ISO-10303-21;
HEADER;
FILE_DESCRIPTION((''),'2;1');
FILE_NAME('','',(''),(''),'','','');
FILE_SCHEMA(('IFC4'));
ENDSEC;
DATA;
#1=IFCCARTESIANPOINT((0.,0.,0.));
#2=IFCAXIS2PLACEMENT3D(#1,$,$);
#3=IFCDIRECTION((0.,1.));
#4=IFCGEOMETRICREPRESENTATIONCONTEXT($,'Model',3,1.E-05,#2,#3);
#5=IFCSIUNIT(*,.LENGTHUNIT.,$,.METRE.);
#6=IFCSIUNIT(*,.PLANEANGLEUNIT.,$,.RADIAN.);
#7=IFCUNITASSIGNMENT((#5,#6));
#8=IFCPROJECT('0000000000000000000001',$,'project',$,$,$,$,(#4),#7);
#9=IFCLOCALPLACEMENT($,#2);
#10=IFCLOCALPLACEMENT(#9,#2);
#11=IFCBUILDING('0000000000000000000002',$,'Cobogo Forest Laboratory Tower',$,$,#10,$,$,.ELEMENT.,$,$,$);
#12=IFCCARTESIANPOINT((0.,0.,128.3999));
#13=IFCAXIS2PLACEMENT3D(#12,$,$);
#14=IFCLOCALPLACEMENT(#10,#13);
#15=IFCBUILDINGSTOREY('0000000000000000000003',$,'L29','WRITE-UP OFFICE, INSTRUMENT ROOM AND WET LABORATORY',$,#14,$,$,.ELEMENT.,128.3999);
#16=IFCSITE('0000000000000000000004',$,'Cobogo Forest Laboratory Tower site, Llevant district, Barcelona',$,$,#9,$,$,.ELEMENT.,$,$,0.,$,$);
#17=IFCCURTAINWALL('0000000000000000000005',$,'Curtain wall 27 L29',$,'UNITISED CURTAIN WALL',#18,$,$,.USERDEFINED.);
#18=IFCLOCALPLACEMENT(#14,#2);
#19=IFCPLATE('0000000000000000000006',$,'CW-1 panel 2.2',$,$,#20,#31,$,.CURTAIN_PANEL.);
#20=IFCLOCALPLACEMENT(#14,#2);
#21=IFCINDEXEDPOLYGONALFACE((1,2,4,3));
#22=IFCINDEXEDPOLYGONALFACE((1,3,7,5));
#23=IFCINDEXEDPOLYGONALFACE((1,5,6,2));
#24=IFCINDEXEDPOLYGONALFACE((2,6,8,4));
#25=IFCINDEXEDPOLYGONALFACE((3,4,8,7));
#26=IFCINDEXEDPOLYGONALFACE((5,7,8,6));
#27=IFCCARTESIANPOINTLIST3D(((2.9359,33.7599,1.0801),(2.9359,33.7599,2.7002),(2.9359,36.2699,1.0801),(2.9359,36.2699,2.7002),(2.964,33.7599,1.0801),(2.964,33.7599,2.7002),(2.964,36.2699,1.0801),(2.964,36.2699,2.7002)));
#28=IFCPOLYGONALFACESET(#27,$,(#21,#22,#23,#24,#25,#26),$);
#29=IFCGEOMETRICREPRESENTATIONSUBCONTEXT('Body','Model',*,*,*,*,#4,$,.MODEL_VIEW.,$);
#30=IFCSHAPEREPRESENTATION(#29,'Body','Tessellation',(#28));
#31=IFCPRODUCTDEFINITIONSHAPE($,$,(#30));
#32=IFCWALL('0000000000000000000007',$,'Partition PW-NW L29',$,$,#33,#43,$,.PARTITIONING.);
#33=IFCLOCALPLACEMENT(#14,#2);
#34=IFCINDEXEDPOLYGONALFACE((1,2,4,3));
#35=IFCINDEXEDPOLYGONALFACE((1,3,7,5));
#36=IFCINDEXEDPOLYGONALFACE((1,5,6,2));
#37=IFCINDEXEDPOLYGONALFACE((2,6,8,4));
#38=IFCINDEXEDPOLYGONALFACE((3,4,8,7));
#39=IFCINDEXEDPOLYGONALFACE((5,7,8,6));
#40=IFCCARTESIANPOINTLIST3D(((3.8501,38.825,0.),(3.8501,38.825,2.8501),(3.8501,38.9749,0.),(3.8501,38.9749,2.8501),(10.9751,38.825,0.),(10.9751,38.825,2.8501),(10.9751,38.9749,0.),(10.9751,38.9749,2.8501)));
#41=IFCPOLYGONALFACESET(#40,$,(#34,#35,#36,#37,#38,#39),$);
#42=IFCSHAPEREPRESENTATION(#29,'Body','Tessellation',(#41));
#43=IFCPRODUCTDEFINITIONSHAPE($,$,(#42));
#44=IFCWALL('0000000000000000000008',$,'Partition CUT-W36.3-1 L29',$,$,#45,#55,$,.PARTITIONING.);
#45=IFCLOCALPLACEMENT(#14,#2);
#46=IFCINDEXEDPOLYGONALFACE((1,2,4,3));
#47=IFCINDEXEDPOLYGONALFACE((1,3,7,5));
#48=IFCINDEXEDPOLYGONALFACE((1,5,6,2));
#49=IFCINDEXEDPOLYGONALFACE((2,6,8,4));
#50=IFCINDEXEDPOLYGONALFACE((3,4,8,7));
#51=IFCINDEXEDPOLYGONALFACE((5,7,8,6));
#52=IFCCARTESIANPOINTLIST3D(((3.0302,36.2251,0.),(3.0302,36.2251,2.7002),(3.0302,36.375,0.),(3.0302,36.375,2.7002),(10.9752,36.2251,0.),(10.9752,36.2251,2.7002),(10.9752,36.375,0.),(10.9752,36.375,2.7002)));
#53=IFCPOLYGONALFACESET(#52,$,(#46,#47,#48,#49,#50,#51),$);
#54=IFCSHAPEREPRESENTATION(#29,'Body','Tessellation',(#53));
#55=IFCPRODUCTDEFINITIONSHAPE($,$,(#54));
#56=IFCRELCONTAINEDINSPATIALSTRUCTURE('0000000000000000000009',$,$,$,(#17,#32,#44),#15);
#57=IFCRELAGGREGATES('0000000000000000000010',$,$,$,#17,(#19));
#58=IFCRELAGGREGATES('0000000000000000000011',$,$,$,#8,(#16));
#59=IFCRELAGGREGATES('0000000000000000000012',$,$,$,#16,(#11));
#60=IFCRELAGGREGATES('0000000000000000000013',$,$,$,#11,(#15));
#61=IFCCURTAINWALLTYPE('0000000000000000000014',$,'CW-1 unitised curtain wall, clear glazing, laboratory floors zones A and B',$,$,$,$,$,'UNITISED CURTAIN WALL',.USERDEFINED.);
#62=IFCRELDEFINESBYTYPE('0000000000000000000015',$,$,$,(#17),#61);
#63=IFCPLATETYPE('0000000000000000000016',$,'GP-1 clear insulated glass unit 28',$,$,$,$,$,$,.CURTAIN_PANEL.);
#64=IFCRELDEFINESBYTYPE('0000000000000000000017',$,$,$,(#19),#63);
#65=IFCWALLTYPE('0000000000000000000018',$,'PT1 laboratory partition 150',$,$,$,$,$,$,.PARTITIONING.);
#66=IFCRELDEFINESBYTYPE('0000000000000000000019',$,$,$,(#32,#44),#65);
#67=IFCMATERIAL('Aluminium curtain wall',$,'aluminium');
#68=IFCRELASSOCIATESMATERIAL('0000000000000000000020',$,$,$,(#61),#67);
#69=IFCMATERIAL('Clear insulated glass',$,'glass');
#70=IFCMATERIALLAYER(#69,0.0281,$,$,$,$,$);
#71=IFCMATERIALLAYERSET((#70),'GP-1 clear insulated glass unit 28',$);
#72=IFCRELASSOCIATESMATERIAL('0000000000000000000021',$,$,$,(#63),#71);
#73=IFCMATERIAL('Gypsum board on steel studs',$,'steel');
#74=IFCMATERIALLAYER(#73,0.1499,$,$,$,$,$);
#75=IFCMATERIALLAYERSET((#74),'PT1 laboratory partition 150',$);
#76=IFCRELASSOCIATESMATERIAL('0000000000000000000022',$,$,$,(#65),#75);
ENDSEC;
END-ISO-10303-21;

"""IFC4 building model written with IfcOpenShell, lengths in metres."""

from ifc_helpers import new_model, si_unit, direction, frame, frame_2d, origin, origin_2d, place, context, subcontext, project, spatial, rectangle, extrude, material, layer, layer_set, type_object, element, aggregate, save


model = new_model("IFC4")

# Units and contexts
model_context = context("Model", 3, precision=1e-05, world=origin(), true_north=direction((0.0, 1.0)))
body_context = subcontext(model_context, "Body", "Model", "MODEL_VIEW")
ifc_project = project(units=[si_unit("LENGTHUNIT", "METRE"), si_unit("PLANEANGLEUNIT", "RADIAN")], contexts=[model_context])

# Site, building, storey
site_placement = place(None, origin())
site = spatial("IfcSite", under=ifc_project, at=site_placement, Name="Cobogo Forest Laboratory Tower site, Llevant district, Barcelona", CompositionType="ELEMENT", RefElevation=0.0)
building_placement = place(site_placement, origin())
building = spatial("IfcBuilding", under=site, at=building_placement, Name="Cobogo Forest Laboratory Tower", CompositionType="ELEMENT")
storey_placement = place(building_placement, frame((0.0, 0.0, 128.3999)))
storey = spatial("IfcBuildingStorey", under=building, at=storey_placement, Name="L29", Description="WRITE-UP OFFICE, INSTRUMENT ROOM AND WET LABORATORY", CompositionType="ELEMENT", Elevation=128.3999)

# Shared definitions
ifc_material_1 = material(Name="Aluminium curtain wall", Category="aluminium")
curtain_wall_type = type_object("IfcCurtainWallType", Name="CW-1 unitised curtain wall, clear glazing, laboratory floors zones A and B", ElementType="UNITISED CURTAIN WALL", PredefinedType="USERDEFINED", material=ifc_material_1)

# Curtain wall
curtain_wall_1_placement = place(storey_placement, origin())
curtain_wall_1 = element("IfcCurtainWall", 1, at=curtain_wall_1_placement, inside=storey, type_object=curtain_wall_type, Name="Curtain wall 27 L29", ObjectType="UNITISED CURTAIN WALL", PredefinedType="USERDEFINED")

# Plate
ifc_material_2 = material(Name="Clear insulated glass", Category="glass")
ifc_layer_1 = layer(ifc_material_2, 0.0281)
ifc_layer_set_1 = layer_set([ifc_layer_1], Name="GP-1 clear insulated glass unit 28")
plate_type_1 = type_object("IfcPlateType", Name="GP-1 clear insulated glass unit 28", PredefinedType="CURTAIN_PANEL", material=ifc_layer_set_1)
plate_1_placement = place(storey_placement, frame((2.95, 35.0149, 1.0801), z_axis=(0.0, 0.0, 1.0), x_axis=(0.0, -1.0, 0.0)))
plate_1 = element("IfcPlate", 2, at=plate_1_placement, type_object=plate_type_1, Name="CW-1 panel 2.2", PredefinedType="CURTAIN_PANEL", context=body_context, shape_type="SweptSolid", body=[
    extrude(rectangle(XDim=2.51, YDim=0.0281, at=origin_2d()), origin(), (0.0, 0.0, 1.0), 1.6201),
])
aggregate(curtain_wall_1, [plate_1])

# Walls
ifc_material_3 = material(Name="Gypsum board on steel studs", Category="steel")
ifc_layer_2 = layer(ifc_material_3, 0.1499)
ifc_layer_set_2 = layer_set([ifc_layer_2], Name="PT1 laboratory partition 150")
wall_type = type_object("IfcWallType", Name="PT1 laboratory partition 150", PredefinedType="PARTITIONING", material=ifc_layer_set_2)
wall_1_placement = place(storey_placement, frame((3.8501, 38.8999, 0.0), z_axis=(0.0, 0.0, 1.0), x_axis=(1.0, 0.0, 0.0)))
element("IfcWall", 3, at=wall_1_placement, inside=storey, type_object=wall_type, Name="Partition PW-NW L29", PredefinedType="PARTITIONING", context=body_context, shape_type="SweptSolid", body=[
    extrude(rectangle(XDim=7.125, YDim=0.1499, at=frame_2d((3.5625, 0.0))), origin(), (0.0, 0.0, 1.0), 2.8501),
])
wall_2_placement = place(storey_placement, frame((3.03, 36.3, 0.0), z_axis=(0.0, 0.0, 1.0), x_axis=(1.0, 0.0, 0.0)))
element("IfcWall", 4, at=wall_2_placement, inside=storey, type_object=wall_type, Name="Partition CUT-W36.3-1 L29", PredefinedType="PARTITIONING", context=body_context, shape_type="SweptSolid", body=[
    extrude(rectangle(XDim=7.9451, YDim=0.1499, at=frame_2d((3.9727, 0.0))), origin(), (0.0, 0.0, 1.0), 2.7002),
])

save(model, "model.ifc")
